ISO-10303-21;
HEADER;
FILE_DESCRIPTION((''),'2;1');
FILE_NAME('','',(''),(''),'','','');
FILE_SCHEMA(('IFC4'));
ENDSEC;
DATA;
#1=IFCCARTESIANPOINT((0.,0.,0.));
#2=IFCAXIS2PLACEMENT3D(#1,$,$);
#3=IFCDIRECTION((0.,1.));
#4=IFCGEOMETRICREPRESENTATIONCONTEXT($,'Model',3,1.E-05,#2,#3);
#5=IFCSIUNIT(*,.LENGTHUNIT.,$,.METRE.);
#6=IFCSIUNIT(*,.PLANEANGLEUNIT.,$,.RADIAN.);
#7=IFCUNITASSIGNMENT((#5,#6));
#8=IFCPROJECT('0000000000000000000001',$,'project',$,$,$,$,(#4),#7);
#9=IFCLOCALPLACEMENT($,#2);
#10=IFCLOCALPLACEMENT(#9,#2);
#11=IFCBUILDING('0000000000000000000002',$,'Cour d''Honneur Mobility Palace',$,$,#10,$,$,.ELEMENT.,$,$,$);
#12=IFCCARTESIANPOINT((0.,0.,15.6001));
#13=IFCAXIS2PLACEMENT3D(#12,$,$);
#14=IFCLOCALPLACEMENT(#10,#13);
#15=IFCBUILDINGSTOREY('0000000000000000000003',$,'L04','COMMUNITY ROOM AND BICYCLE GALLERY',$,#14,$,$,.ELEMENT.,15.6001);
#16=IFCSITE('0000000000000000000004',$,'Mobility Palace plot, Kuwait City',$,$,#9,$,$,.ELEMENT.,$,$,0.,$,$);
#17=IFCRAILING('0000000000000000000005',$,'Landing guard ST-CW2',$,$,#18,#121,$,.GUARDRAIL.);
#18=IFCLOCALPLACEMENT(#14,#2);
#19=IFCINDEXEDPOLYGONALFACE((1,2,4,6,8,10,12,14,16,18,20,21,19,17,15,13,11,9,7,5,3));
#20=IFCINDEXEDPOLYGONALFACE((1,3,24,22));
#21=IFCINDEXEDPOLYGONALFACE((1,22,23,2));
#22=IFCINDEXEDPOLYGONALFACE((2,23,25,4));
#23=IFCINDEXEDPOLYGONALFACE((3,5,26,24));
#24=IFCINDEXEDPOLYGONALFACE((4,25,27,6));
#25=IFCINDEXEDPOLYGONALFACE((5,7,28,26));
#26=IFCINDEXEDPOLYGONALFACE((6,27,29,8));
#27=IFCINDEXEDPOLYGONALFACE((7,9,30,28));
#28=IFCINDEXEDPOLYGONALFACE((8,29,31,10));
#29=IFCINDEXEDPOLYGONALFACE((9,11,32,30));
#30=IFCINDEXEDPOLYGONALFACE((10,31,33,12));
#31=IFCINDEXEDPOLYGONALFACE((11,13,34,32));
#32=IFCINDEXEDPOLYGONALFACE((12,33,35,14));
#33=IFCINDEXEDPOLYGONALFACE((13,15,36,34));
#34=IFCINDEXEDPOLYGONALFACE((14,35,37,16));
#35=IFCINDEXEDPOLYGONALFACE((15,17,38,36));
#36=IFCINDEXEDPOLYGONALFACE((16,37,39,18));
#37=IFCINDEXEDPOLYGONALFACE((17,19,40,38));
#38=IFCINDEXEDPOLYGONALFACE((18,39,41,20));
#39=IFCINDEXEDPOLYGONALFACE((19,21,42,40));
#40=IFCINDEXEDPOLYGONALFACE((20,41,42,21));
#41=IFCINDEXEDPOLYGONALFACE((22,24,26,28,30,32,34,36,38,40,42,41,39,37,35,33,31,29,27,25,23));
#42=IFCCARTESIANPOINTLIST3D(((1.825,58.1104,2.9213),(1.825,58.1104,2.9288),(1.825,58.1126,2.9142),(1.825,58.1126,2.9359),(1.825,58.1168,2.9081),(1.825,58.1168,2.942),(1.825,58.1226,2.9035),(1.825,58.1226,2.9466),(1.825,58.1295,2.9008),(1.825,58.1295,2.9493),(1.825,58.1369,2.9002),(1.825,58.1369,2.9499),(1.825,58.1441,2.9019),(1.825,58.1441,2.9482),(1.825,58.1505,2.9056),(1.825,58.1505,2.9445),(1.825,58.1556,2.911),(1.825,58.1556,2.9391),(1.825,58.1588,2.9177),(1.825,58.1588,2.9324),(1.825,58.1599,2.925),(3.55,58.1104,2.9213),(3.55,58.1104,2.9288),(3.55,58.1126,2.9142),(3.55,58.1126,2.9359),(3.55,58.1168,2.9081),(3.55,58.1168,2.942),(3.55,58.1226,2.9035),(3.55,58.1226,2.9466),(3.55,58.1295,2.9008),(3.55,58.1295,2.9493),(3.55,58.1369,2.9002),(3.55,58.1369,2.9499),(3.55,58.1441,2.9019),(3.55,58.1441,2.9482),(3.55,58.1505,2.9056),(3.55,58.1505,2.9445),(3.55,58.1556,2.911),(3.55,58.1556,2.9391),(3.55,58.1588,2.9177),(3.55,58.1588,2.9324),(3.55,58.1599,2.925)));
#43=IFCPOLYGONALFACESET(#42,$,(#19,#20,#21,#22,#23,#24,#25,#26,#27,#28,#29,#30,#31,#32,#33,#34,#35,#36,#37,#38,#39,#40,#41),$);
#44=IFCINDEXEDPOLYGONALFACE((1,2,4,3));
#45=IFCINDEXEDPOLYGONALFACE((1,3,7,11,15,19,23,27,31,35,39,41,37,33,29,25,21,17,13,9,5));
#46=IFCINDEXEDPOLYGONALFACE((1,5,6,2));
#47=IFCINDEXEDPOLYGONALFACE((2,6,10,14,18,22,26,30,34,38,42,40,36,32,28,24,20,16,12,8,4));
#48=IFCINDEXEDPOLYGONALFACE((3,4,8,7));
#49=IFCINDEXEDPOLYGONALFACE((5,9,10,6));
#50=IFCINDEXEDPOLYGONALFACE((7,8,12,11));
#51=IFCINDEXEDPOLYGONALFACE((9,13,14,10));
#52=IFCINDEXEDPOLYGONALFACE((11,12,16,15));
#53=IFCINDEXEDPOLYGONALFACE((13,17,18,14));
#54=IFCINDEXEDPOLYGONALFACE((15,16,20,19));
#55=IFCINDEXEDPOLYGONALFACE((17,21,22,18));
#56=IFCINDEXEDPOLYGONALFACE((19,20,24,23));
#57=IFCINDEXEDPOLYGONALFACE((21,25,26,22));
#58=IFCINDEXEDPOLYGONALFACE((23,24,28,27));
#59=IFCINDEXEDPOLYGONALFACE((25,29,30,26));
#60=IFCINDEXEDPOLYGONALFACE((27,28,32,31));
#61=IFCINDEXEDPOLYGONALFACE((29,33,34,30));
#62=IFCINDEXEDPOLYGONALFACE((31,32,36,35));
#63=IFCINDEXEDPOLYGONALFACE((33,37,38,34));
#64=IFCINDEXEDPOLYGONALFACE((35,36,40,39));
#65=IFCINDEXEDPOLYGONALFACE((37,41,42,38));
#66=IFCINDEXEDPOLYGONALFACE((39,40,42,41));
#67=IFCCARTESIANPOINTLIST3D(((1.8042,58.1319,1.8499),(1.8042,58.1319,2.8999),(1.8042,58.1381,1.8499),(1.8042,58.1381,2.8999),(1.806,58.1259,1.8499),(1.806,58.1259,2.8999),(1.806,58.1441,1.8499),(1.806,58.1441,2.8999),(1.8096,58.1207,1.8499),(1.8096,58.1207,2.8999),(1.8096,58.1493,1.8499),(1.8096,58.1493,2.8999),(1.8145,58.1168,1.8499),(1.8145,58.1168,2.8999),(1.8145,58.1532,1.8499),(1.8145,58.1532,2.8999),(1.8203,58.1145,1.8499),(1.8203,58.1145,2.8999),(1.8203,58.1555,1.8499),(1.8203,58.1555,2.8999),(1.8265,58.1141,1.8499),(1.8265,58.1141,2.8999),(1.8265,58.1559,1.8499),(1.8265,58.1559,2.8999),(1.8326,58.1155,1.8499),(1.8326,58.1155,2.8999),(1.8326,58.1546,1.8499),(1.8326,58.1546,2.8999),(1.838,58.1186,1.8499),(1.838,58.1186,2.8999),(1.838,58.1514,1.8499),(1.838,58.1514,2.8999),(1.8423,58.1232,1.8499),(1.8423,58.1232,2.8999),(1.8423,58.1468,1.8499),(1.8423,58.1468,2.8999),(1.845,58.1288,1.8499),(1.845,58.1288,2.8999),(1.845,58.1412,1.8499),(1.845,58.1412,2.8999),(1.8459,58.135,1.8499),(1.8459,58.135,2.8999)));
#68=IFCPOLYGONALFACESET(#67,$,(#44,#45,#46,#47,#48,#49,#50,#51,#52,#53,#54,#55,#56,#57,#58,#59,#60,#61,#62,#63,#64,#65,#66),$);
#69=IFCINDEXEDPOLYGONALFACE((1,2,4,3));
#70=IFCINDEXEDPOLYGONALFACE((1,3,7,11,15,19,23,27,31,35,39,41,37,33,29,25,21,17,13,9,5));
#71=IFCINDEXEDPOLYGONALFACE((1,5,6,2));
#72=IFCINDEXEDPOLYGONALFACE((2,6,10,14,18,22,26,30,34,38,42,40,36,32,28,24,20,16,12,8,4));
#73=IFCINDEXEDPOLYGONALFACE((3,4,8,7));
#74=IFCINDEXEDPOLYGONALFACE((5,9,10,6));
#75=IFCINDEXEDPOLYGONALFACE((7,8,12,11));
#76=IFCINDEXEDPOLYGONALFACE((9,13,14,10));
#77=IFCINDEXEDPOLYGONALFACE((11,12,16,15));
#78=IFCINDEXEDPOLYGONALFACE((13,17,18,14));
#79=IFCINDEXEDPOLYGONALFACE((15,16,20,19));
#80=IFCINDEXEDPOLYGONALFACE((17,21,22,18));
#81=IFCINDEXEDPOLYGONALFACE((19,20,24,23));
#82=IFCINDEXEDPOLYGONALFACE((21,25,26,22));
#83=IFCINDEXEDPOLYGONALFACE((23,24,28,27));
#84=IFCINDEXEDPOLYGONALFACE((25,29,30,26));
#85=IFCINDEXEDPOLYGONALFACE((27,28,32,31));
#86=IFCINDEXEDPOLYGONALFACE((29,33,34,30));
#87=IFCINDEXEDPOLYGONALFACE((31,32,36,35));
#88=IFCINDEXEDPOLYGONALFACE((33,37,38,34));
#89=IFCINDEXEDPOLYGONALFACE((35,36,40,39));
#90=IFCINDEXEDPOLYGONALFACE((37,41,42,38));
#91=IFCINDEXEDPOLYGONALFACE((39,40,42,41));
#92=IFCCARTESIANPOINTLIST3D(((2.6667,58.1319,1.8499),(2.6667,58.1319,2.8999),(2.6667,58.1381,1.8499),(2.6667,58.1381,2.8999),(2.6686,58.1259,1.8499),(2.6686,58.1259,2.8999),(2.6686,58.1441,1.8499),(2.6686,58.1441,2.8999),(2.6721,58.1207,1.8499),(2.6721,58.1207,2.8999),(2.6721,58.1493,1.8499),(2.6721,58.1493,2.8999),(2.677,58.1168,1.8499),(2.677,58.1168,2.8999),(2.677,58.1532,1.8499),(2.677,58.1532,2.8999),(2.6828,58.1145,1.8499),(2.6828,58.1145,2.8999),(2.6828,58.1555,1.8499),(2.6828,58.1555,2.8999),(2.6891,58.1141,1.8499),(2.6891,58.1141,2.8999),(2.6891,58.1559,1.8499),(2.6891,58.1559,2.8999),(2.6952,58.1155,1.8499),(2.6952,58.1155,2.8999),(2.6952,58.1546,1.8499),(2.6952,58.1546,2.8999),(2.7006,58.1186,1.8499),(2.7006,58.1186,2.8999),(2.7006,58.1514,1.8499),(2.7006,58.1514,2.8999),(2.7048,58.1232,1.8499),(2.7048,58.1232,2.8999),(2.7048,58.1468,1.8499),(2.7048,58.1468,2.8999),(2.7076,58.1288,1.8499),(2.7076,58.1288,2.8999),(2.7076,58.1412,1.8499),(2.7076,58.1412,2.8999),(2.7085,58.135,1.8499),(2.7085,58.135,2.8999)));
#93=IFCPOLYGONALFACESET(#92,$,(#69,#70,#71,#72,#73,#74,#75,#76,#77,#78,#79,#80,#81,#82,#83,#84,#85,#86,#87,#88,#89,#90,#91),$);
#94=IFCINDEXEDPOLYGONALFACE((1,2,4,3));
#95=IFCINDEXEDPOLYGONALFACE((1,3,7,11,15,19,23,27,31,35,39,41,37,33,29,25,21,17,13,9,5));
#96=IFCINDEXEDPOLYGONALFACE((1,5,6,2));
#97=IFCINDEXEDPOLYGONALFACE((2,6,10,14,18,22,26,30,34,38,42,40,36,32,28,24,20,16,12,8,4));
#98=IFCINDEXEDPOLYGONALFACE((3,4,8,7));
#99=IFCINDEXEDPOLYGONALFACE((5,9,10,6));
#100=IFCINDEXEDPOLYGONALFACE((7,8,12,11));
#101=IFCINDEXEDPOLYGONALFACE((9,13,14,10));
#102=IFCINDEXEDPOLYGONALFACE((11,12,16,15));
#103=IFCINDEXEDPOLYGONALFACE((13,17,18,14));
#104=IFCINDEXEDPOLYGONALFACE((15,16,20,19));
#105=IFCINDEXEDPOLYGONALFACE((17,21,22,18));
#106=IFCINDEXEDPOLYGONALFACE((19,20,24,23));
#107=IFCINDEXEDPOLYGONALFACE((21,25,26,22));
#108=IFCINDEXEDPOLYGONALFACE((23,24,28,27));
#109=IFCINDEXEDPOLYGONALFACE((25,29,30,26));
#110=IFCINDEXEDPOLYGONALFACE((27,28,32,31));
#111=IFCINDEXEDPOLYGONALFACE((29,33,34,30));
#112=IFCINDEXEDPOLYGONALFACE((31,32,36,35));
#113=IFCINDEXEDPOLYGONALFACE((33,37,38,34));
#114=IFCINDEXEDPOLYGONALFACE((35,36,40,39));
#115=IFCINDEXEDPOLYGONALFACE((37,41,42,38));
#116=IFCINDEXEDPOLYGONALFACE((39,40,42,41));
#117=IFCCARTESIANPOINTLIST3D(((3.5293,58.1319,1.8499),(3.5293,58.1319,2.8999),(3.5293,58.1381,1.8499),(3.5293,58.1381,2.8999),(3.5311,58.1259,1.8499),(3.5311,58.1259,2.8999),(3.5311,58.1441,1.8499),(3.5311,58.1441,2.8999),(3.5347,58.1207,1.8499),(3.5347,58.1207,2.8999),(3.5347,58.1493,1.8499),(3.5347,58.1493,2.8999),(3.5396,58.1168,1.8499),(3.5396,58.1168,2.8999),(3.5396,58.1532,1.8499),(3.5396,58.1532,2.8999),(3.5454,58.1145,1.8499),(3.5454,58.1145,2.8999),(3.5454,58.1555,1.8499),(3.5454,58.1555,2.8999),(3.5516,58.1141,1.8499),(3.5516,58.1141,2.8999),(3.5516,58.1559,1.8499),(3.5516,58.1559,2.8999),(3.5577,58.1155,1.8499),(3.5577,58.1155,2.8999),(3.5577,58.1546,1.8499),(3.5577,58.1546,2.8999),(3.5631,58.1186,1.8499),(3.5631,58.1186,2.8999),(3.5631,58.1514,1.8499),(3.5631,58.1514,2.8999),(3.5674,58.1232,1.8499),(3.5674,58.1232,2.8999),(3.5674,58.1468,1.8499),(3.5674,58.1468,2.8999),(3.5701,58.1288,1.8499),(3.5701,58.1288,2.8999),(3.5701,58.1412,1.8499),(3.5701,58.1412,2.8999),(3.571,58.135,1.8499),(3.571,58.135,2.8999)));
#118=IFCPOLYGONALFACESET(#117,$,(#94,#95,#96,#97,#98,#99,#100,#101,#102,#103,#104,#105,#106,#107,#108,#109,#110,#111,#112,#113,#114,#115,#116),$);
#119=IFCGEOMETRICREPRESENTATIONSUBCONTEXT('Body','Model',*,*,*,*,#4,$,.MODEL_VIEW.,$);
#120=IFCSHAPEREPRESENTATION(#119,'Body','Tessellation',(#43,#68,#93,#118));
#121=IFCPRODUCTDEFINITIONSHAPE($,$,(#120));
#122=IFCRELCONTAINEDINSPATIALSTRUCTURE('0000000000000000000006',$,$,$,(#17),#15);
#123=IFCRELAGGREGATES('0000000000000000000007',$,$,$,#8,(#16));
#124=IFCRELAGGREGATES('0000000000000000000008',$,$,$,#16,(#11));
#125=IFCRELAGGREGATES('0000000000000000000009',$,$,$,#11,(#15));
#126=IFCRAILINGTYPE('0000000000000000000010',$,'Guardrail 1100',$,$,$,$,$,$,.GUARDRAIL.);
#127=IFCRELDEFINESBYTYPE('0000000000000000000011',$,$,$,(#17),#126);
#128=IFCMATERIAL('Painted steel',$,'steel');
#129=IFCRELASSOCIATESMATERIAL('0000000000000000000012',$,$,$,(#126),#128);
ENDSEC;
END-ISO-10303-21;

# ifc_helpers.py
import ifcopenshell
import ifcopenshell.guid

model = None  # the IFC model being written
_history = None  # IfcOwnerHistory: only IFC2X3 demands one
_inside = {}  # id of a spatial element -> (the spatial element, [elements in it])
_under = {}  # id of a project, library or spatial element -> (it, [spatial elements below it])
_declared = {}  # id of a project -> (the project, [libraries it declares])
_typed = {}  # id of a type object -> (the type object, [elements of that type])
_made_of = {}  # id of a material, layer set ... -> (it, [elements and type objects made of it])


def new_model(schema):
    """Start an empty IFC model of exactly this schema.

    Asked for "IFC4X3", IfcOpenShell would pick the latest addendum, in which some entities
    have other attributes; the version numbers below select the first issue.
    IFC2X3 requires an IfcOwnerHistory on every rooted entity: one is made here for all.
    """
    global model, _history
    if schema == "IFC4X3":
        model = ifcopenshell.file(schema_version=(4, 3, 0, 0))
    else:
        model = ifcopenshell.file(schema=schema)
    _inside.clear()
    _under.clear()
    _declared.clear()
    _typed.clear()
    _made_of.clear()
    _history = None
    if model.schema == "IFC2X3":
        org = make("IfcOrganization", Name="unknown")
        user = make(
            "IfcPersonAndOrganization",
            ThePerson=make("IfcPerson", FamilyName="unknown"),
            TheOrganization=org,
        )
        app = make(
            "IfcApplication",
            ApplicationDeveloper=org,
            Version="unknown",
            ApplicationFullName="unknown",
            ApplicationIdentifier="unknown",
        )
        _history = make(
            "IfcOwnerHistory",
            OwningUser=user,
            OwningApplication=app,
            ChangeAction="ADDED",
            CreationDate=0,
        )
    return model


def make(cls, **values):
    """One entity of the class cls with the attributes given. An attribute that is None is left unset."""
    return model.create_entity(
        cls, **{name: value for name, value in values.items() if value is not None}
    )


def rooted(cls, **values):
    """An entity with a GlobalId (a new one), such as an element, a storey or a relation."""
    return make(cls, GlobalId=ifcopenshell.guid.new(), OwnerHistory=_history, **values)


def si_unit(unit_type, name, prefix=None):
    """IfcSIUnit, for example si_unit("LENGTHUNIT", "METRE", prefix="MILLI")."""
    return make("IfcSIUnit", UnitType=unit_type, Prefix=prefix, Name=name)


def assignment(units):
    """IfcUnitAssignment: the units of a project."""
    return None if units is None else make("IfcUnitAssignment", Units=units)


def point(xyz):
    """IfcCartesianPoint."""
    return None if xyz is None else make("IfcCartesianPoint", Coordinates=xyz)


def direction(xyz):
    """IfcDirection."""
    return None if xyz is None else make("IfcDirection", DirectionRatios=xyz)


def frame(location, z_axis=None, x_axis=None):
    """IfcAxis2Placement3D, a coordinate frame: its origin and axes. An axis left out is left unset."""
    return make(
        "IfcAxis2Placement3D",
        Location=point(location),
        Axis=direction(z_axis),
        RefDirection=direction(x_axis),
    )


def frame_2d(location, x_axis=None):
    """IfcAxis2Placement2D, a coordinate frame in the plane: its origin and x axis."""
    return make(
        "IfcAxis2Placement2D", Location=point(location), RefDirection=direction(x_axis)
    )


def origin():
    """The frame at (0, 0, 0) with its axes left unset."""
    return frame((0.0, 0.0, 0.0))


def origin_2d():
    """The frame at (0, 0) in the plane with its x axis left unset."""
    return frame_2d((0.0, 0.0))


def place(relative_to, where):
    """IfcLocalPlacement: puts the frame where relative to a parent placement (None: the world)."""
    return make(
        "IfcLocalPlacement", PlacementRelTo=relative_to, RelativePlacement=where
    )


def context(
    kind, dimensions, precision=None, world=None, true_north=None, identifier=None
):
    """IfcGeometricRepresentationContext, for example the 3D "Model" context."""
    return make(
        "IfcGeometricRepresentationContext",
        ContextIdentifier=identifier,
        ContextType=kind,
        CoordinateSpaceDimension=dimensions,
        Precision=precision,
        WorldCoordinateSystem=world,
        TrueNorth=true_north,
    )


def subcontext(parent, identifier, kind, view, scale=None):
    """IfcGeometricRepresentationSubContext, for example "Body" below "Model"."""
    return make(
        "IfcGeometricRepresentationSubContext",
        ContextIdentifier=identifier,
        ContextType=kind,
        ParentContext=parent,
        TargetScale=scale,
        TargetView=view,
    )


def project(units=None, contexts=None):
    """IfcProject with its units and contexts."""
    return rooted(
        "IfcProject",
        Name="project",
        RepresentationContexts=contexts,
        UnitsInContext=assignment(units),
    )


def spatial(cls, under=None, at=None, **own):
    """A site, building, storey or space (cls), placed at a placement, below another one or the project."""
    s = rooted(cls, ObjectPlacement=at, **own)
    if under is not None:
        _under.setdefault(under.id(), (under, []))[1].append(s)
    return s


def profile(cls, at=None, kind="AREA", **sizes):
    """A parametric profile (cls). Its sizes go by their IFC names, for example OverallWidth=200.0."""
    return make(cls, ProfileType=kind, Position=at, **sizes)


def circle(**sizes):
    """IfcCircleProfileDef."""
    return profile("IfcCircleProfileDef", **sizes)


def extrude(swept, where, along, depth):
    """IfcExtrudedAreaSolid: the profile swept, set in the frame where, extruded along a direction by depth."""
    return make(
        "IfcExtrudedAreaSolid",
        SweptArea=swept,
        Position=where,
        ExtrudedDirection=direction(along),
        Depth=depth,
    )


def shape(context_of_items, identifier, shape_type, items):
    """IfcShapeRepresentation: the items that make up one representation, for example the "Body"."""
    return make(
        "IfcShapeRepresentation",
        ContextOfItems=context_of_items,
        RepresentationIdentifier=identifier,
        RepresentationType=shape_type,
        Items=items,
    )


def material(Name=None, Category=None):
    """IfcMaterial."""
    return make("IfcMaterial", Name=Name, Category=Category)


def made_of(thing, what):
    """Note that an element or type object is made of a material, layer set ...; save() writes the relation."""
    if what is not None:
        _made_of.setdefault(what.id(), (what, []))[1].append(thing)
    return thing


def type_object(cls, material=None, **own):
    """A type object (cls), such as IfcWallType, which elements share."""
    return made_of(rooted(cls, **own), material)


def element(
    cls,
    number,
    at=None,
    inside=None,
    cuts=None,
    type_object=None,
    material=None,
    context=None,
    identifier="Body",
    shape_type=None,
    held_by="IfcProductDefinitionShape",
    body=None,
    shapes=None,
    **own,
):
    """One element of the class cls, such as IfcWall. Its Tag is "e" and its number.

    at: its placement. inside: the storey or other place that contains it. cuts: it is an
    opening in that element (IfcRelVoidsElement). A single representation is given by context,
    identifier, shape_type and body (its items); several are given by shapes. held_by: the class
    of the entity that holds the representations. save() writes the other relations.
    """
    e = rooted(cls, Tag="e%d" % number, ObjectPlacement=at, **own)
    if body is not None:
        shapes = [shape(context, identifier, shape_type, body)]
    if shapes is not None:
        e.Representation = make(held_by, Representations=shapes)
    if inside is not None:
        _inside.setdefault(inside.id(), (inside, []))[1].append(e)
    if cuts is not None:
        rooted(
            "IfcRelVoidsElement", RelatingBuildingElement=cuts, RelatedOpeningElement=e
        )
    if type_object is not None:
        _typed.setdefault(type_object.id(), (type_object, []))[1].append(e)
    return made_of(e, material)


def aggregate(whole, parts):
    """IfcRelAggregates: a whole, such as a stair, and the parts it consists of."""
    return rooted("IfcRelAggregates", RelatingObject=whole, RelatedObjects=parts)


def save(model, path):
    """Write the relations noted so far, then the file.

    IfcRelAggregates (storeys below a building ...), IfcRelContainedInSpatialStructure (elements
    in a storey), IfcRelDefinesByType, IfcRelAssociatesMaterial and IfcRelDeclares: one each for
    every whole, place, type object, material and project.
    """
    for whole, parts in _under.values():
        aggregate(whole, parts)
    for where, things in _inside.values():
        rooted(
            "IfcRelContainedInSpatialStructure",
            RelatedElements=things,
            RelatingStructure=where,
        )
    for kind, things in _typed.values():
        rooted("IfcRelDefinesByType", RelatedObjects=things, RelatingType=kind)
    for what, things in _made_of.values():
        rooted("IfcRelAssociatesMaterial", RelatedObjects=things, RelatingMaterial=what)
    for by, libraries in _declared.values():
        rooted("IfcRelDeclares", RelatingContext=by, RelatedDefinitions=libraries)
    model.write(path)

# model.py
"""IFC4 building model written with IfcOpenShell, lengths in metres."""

from ifc_helpers import new_model, si_unit, direction, frame, origin, origin_2d, place, context, subcontext, project, spatial, circle, extrude, material, type_object, element, save


model = new_model("IFC4")

# Units and contexts
model_context = context("Model", 3, precision=1e-05, world=origin(), true_north=direction((0.0, 1.0)))
body_context = subcontext(model_context, "Body", "Model", "MODEL_VIEW")
ifc_project = project(units=[si_unit("LENGTHUNIT", "METRE"), si_unit("PLANEANGLEUNIT", "RADIAN")], contexts=[model_context])

# Site, building, storey
site_placement = place(None, origin())
site = spatial("IfcSite", under=ifc_project, at=site_placement, Name="Mobility Palace plot, Kuwait City", CompositionType="ELEMENT", RefElevation=0.0)
building_placement = place(site_placement, origin())
building = spatial("IfcBuilding", under=site, at=building_placement, Name="Cour d'Honneur Mobility Palace", CompositionType="ELEMENT")
storey_placement = place(building_placement, frame((0.0, 0.0, 15.6001)))
storey = spatial("IfcBuildingStorey", under=building, at=storey_placement, Name="L04", Description="COMMUNITY ROOM AND BICYCLE GALLERY", CompositionType="ELEMENT", Elevation=15.6001)

# Railing
ifc_material_1 = material(Name="Painted steel", Category="steel")
railing_type_1 = type_object("IfcRailingType", Name="Guardrail 1100", PredefinedType="GUARDRAIL", material=ifc_material_1)
railing_1_placement = place(storey_placement, frame((1.825, 58.135, 1.8499)))
element("IfcRailing", 1, at=railing_1_placement, inside=storey, type_object=railing_type_1, Name="Landing guard ST-CW2", PredefinedType="GUARDRAIL", context=body_context, shape_type="SweptSolid", body=[
    extrude(circle(Radius=0.0249, at=origin_2d()), frame((0.0, 0.0, 1.0752), z_axis=(1.0, 0.0, 0.0), x_axis=(0.0, 1.0, 0.0)), (0.0, 0.0, 1.0), 1.7251),
    extrude(circle(Radius=0.021, at=origin_2d()), origin(), (0.0, 0.0, 1.0), 1.05),
    extrude(circle(Radius=0.021, at=origin_2d()), frame((0.8625, 0.0, 0.0)), (0.0, 0.0, 1.0), 1.05),
    extrude(circle(Radius=0.021, at=origin_2d()), frame((1.7251, 0.0, 0.0)), (0.0, 0.0, 1.0), 1.05),
])

save(model, "model.ifc")
